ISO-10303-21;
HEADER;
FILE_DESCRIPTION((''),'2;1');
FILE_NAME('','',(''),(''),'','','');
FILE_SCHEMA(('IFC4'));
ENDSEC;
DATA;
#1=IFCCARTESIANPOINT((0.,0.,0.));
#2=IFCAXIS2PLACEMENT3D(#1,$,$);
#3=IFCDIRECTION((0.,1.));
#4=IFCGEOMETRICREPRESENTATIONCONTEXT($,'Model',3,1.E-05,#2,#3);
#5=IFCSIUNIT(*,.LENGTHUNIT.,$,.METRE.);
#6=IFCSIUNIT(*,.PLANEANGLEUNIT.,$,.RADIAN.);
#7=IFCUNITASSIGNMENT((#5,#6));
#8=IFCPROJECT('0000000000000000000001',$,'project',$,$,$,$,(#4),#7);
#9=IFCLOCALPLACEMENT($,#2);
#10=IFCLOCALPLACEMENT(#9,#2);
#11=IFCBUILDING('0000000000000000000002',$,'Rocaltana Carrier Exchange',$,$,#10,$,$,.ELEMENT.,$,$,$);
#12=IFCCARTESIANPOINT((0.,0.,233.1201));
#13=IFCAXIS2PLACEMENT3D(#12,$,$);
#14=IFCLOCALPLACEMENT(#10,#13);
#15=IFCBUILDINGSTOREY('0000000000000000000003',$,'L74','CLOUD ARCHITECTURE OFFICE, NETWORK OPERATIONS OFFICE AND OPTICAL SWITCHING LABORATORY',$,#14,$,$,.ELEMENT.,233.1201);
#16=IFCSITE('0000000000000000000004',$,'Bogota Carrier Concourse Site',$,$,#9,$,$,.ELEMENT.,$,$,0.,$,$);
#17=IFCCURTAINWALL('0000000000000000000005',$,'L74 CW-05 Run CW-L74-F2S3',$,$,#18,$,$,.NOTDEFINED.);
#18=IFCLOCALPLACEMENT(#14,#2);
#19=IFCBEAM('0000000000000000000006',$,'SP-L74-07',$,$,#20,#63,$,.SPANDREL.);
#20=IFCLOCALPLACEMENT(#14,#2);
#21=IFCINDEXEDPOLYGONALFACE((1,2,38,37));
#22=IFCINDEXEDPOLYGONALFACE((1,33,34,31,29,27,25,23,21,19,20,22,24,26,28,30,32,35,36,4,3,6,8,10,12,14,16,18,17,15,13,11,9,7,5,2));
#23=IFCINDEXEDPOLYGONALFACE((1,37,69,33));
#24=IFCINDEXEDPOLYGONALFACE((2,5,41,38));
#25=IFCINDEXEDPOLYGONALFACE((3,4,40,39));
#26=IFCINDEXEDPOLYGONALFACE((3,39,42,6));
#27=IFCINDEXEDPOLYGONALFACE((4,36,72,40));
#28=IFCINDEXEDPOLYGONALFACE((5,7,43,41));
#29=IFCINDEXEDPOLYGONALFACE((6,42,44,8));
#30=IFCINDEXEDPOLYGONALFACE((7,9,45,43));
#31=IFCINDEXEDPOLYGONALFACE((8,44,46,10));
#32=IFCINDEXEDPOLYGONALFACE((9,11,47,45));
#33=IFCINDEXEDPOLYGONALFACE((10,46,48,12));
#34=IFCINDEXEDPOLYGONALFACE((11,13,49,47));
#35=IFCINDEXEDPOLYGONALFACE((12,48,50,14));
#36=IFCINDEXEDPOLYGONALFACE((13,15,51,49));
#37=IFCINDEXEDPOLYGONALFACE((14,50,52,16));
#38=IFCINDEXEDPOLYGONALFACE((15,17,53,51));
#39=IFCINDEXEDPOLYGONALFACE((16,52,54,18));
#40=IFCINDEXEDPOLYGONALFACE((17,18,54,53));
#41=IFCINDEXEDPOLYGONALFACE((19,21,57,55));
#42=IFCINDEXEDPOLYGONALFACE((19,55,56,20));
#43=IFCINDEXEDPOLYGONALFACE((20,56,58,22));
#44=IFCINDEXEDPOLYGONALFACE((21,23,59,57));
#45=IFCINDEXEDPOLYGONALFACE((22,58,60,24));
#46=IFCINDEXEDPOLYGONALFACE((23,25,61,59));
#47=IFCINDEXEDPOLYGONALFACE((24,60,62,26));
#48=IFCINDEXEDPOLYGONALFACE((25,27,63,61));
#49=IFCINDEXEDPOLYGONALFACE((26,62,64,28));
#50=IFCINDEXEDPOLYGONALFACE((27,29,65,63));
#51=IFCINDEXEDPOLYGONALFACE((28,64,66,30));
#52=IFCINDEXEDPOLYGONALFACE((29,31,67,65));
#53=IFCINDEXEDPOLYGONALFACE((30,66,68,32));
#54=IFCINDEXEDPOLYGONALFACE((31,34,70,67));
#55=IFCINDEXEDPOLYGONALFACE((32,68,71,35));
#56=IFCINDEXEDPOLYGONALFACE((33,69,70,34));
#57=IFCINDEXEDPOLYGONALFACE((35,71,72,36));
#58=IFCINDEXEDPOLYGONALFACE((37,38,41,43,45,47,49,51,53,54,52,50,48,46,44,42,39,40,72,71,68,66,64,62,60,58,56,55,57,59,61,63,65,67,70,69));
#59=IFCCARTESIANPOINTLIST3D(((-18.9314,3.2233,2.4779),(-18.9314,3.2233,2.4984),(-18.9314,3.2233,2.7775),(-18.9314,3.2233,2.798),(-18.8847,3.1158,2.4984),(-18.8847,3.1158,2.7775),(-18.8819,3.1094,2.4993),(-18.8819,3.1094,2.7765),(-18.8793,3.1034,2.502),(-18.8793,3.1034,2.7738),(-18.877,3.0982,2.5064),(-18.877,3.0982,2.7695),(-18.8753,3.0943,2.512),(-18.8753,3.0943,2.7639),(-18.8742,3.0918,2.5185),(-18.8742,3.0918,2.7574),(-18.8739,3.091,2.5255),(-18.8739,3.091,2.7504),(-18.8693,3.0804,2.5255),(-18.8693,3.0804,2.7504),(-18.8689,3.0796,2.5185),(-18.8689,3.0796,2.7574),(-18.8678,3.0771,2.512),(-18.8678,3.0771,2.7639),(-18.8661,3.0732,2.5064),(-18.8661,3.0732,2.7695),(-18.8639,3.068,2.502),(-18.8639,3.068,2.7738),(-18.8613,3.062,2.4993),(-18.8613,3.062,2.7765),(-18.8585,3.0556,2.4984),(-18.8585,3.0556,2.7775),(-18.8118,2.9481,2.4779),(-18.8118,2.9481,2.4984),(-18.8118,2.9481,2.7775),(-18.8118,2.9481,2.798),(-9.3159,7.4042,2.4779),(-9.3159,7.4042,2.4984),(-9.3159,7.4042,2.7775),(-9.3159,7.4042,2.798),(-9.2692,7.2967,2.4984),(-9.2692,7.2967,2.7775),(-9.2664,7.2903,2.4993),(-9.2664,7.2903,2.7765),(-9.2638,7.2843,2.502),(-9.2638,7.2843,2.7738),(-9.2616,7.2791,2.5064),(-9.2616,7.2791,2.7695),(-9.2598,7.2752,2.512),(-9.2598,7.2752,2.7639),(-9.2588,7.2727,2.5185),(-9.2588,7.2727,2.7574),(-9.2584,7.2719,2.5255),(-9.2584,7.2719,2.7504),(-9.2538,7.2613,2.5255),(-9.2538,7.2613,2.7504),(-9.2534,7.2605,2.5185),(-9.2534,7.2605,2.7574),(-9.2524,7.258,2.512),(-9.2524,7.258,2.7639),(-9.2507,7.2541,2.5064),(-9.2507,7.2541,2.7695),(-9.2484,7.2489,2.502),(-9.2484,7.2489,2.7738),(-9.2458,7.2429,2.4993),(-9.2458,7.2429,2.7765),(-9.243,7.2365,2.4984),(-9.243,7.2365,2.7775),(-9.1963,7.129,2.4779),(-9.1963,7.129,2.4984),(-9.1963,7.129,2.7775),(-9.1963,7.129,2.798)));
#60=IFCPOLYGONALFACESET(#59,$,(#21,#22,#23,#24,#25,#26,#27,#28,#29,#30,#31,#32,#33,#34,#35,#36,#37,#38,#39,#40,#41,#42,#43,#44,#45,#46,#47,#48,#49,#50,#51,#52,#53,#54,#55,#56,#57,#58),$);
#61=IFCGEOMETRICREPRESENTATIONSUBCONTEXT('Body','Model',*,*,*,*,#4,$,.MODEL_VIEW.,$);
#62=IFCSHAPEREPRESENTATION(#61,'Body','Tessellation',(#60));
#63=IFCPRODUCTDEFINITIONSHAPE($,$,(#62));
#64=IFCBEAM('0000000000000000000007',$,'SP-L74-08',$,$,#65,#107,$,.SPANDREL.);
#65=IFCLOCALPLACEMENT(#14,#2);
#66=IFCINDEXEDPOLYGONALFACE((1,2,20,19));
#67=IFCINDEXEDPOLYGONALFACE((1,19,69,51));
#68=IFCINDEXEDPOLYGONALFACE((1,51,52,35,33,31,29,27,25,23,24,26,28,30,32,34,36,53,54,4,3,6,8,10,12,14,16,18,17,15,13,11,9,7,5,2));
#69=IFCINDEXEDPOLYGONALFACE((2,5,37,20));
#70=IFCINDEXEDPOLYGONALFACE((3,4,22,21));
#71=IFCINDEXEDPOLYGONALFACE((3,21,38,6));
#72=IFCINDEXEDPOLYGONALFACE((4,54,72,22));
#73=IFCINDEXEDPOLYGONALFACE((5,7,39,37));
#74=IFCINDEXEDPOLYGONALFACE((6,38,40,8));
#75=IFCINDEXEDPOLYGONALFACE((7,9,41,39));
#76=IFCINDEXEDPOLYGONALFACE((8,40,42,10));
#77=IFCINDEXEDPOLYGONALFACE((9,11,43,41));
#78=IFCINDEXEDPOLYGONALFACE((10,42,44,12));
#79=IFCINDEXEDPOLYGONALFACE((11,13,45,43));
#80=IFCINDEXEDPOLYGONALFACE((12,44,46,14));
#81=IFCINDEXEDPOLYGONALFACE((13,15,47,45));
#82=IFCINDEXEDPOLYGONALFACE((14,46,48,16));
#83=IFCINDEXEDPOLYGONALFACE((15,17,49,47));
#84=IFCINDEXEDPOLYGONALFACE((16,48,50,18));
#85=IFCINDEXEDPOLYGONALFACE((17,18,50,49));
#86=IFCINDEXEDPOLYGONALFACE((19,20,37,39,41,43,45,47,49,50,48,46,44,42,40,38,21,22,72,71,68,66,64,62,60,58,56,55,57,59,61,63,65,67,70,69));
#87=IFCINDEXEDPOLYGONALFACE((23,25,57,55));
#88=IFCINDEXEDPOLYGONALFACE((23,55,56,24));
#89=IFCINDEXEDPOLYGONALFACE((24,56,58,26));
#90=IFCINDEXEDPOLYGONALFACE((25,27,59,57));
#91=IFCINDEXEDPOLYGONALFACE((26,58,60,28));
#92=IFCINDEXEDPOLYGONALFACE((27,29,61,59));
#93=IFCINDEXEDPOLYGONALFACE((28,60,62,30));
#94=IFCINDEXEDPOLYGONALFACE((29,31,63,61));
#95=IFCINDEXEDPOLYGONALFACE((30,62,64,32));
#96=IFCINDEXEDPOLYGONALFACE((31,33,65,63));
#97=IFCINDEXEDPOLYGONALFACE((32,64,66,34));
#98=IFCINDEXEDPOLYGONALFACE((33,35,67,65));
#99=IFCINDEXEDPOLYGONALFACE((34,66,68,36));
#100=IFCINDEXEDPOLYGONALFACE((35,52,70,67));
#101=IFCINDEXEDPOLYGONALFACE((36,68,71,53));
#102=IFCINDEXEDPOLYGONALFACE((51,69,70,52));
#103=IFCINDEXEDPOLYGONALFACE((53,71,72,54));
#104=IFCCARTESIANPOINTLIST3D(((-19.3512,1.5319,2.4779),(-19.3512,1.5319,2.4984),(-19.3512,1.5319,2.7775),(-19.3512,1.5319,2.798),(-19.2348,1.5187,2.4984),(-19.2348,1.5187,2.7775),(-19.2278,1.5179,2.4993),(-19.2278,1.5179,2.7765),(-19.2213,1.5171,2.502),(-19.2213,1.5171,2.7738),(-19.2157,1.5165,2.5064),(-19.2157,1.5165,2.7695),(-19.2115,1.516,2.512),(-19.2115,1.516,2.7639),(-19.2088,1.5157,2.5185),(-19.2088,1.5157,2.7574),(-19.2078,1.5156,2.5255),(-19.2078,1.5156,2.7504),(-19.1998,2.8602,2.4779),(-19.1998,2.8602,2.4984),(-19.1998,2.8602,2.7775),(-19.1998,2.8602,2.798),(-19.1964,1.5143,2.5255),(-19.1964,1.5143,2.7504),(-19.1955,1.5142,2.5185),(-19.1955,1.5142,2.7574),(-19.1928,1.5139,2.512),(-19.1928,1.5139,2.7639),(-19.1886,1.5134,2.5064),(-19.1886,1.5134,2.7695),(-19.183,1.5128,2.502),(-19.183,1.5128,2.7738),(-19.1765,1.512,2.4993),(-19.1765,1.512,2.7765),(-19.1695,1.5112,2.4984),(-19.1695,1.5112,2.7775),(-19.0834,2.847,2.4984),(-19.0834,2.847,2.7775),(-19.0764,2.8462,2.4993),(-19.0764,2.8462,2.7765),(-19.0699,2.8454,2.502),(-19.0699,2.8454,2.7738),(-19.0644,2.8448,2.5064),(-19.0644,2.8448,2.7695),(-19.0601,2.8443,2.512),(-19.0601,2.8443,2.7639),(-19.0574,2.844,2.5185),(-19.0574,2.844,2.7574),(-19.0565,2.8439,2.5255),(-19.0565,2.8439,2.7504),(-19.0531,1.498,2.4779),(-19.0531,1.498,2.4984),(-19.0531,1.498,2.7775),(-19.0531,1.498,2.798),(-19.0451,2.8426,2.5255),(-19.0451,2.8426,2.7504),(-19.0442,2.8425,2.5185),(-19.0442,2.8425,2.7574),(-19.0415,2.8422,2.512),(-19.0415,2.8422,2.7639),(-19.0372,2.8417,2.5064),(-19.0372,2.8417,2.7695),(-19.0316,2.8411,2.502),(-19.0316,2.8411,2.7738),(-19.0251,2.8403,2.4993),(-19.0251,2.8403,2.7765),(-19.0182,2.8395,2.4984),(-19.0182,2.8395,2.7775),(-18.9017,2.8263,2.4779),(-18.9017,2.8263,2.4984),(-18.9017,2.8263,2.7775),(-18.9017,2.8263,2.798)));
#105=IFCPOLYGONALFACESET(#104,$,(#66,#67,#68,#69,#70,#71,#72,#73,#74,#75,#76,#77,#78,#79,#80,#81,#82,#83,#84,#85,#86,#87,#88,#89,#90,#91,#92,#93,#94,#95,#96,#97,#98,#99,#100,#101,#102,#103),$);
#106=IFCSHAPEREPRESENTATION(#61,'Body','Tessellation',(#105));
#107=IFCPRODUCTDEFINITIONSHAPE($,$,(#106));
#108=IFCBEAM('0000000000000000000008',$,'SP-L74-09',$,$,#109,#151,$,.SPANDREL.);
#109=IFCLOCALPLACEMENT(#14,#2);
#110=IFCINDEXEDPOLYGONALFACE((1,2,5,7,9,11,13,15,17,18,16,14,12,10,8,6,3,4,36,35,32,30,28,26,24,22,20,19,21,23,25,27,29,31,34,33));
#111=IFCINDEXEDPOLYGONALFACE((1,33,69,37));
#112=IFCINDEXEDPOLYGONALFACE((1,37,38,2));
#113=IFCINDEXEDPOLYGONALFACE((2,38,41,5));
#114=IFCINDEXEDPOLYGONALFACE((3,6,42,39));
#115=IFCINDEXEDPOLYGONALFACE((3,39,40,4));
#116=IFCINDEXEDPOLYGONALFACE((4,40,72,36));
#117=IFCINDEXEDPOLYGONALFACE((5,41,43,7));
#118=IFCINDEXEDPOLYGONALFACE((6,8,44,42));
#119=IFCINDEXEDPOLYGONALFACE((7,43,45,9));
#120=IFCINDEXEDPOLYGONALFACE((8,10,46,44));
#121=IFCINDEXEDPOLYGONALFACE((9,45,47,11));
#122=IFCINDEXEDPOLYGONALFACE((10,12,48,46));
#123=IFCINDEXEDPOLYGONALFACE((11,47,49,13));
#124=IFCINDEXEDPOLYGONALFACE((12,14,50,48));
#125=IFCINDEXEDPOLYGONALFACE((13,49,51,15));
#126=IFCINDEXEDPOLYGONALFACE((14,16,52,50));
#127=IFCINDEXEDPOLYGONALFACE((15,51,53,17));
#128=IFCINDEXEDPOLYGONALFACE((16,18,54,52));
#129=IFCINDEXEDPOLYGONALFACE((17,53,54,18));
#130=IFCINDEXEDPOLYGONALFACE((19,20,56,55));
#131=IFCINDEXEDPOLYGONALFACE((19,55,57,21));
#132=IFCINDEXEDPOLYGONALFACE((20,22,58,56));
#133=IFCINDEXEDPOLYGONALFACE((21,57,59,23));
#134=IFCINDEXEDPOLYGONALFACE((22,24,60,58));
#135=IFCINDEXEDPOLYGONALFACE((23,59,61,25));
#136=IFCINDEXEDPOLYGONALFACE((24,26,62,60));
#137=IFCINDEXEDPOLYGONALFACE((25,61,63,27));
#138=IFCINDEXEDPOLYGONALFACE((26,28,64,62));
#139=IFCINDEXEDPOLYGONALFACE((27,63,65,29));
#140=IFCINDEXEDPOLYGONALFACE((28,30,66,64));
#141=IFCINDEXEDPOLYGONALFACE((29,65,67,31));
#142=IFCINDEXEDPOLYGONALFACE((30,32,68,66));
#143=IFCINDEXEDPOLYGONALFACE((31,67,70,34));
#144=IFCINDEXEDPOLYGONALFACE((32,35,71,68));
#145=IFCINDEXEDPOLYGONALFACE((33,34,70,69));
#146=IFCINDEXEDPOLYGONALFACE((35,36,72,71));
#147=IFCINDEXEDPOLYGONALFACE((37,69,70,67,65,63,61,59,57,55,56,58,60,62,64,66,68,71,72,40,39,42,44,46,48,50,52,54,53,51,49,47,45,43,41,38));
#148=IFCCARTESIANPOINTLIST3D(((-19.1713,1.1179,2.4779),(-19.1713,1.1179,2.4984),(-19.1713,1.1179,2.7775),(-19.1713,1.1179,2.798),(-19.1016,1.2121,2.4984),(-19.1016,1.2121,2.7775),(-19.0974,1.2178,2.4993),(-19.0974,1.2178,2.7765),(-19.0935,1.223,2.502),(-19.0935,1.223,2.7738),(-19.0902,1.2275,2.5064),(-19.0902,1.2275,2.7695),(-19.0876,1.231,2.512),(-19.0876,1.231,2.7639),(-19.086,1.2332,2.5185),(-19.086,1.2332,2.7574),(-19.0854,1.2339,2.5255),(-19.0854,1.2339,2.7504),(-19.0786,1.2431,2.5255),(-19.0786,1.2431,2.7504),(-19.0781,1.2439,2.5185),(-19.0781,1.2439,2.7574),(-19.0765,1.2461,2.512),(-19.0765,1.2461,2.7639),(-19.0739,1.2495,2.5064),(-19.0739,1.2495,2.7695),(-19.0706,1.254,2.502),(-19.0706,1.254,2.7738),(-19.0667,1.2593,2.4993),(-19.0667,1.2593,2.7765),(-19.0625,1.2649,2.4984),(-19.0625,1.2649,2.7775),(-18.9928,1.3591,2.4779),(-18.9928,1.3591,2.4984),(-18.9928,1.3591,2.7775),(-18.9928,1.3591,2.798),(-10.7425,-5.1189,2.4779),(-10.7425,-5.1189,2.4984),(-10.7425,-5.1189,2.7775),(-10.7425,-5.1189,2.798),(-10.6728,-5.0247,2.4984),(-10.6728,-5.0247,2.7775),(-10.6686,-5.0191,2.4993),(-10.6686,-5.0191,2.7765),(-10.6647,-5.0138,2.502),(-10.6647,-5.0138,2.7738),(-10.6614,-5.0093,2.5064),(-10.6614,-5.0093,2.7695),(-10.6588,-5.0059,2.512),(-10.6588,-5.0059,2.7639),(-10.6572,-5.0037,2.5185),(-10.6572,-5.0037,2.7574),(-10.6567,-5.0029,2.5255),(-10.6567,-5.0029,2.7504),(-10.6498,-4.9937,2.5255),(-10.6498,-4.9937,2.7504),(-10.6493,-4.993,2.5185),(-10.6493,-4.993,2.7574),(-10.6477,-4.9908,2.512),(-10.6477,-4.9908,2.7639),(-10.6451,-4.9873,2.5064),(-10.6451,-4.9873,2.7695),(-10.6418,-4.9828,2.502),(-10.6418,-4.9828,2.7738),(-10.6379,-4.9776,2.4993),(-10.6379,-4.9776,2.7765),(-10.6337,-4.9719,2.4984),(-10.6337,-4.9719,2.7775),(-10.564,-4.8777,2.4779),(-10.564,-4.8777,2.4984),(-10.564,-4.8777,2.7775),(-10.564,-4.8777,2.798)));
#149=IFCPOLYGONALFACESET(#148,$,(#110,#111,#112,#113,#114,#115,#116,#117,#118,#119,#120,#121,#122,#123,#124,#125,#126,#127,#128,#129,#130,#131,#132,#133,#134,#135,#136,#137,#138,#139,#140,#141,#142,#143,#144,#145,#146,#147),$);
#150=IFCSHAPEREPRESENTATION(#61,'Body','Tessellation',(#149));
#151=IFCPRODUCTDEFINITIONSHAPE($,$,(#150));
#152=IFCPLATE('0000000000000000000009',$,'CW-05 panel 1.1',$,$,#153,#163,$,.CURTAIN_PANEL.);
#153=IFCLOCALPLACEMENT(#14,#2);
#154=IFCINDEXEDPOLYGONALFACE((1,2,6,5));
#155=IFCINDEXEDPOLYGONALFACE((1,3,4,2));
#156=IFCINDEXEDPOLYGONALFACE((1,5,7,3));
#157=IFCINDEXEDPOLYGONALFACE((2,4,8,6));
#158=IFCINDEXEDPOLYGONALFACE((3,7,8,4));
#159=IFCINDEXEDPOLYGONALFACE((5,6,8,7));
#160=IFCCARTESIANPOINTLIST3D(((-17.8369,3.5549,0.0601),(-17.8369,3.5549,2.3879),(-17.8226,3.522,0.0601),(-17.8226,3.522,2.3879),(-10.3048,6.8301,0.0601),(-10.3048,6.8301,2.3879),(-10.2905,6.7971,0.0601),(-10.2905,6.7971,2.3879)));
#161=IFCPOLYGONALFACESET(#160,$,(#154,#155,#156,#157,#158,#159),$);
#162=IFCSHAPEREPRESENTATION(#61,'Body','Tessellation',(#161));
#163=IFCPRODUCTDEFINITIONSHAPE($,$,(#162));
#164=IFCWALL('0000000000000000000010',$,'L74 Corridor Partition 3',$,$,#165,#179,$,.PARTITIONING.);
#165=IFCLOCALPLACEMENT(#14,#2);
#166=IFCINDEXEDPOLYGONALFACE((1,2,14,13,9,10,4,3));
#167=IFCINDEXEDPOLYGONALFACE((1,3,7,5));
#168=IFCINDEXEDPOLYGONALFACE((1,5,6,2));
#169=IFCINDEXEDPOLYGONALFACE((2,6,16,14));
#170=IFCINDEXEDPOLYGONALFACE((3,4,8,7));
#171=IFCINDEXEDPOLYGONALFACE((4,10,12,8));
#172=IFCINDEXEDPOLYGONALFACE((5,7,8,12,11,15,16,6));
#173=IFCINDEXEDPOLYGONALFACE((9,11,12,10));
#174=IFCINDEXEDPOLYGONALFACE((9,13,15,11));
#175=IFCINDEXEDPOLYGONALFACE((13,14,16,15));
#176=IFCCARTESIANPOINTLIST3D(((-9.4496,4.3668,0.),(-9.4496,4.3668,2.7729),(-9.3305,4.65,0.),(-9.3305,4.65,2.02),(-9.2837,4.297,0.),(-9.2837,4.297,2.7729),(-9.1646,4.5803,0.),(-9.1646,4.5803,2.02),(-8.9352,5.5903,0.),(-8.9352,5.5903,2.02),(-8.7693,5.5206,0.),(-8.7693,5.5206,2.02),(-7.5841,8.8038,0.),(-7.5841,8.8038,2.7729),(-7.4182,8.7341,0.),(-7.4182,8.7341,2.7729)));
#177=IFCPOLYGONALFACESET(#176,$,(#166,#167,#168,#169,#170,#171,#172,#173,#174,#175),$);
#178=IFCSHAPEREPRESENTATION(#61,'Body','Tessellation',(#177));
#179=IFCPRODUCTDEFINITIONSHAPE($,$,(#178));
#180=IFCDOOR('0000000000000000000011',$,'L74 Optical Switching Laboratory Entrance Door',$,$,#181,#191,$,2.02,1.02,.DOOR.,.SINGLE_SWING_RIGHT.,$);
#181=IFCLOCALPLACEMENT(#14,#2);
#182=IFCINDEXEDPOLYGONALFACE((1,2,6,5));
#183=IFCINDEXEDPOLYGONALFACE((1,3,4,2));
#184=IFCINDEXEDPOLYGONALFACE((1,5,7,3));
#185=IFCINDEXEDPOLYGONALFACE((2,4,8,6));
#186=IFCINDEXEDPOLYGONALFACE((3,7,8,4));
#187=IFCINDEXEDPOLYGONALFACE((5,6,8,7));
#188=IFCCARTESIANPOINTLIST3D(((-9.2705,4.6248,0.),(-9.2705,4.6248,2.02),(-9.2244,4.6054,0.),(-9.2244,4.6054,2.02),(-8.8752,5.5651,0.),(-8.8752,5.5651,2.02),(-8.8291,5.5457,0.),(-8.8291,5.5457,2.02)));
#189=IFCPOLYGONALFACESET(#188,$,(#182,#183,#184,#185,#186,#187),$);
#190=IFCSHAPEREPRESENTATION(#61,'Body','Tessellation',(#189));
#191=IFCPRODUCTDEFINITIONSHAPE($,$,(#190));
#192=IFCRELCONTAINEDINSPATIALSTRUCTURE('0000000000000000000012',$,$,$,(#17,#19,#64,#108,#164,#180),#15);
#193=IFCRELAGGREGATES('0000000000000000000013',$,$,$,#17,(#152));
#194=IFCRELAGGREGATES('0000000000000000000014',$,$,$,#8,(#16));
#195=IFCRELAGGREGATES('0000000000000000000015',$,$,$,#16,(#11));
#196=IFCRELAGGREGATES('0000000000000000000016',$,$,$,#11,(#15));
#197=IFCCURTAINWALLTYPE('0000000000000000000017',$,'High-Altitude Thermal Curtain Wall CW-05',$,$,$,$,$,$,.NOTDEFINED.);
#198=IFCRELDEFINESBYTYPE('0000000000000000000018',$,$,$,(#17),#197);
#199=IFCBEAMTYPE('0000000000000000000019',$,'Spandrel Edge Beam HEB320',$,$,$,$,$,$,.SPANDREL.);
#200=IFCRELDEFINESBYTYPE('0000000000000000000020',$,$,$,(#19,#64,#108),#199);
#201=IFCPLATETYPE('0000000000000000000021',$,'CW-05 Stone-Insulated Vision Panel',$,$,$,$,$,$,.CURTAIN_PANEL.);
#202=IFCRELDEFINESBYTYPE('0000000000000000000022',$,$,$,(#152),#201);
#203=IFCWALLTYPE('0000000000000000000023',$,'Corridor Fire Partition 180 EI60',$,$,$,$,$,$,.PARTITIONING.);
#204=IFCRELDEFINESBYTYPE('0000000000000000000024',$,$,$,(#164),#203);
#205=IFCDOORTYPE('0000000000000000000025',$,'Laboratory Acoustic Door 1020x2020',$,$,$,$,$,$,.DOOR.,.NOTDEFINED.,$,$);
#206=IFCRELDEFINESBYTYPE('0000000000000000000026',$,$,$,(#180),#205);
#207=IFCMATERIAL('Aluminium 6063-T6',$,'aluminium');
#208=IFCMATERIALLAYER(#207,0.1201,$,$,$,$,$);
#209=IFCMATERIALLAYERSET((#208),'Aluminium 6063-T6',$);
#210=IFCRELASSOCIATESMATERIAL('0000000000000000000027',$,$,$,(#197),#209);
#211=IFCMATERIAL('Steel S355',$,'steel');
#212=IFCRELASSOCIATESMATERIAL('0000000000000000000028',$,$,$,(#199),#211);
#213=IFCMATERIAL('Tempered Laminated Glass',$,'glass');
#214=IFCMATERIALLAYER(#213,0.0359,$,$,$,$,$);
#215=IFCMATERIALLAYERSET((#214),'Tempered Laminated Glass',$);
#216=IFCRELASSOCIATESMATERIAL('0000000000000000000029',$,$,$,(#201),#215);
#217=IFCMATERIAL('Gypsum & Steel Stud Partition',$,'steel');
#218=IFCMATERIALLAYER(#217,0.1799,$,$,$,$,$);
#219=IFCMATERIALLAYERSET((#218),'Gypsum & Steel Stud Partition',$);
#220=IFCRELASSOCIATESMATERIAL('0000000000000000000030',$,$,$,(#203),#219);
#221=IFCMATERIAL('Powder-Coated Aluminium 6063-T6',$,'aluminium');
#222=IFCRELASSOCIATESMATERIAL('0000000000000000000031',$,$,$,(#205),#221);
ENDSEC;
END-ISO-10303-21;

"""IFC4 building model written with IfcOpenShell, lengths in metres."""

from ifc_helpers import new_model, si_unit, direction, frame, frame_2d, origin, origin_2d, place, context, subcontext, project, spatial, rectangle, i_section, extrude, material, layer, layer_set, material_profile, profile_set, type_object, element, fill, aggregate, save


model = new_model("IFC4")

# Units and contexts
model_context = context("Model", 3, precision=1e-05, world=origin(), true_north=direction((0.0, 1.0)))
body_context = subcontext(model_context, "Body", "Model", "MODEL_VIEW")
ifc_project = project(units=[si_unit("LENGTHUNIT", "METRE"), si_unit("PLANEANGLEUNIT", "RADIAN")], contexts=[model_context])

# Site, building, storey
site_placement = place(None, origin())
site = spatial("IfcSite", under=ifc_project, at=site_placement, Name="Bogota Carrier Concourse Site", CompositionType="ELEMENT", RefElevation=0.0)
building_placement = place(site_placement, origin())
building = spatial("IfcBuilding", under=site, at=building_placement, Name="Rocaltana Carrier Exchange", CompositionType="ELEMENT")
storey_placement = place(building_placement, frame((0.0, 0.0, 233.1201)))
storey = spatial("IfcBuildingStorey", under=building, at=storey_placement, Name="L74", Description="CLOUD ARCHITECTURE OFFICE, NETWORK OPERATIONS OFFICE AND OPTICAL SWITCHING LABORATORY", CompositionType="ELEMENT", Elevation=233.1201)

# Shared definitions
ifc_material_1 = material(Name="Aluminium 6063-T6", Category="aluminium")
ifc_layer_1 = layer(ifc_material_1, 0.1201)
ifc_layer_set_1 = layer_set([ifc_layer_1], Name="Aluminium 6063-T6")
curtain_wall_type = type_object("IfcCurtainWallType", Name="High-Altitude Thermal Curtain Wall CW-05", PredefinedType="NOTDEFINED", material=ifc_layer_set_1)

# Curtain wall
curtain_wall_1_placement = place(storey_placement, origin())
curtain_wall_1 = element("IfcCurtainWall", 1, at=curtain_wall_1_placement, inside=storey, type_object=curtain_wall_type, Name="L74 CW-05 Run CW-L74-F2S3", PredefinedType="NOTDEFINED")

# Beams
ifc_material_2 = material(Name="Steel S355", Category="steel")
ifc_material_profile_1 = material_profile(ifc_material_2, i_section(OverallWidth=0.3, OverallDepth=0.3201, WebThickness=0.0115, FlangeThickness=0.0205, FilletRadius=0.0271, at=origin_2d()), Name="HEB320")
ifc_profile_set_1 = profile_set([ifc_material_profile_1], Name="Steel S355")
beam_type_1 = type_object("IfcBeamType", Name="Spandrel Edge Beam HEB320", PredefinedType="SPANDREL", material=ifc_profile_set_1)
beam_1_placement = place(storey_placement, frame((-9.2561, 7.2666, 2.6379), z_axis=(-0.917061, -0.398747, 0.0), x_axis=(0.398747, -0.917061, 0.0)))
element("IfcBeam", 2, at=beam_1_placement, inside=storey, type_object=beam_type_1, Name="SP-L74-07", PredefinedType="SPANDREL", context=body_context, shape_type="SweptSolid", body=[
    extrude(i_section(OverallWidth=0.3, OverallDepth=0.3201, WebThickness=0.0115, FlangeThickness=0.0205, FilletRadius=0.0271, at=origin_2d()), origin(), (0.0, 0.0, 1.0), 10.4851),
])
beam_2_placement = place(storey_placement, frame((-19.0508, 2.8433, 2.6379), z_axis=(-0.113217, -0.99357, 0.0), x_axis=(0.99357, -0.113217, 0.0)))
element("IfcBeam", 3, at=beam_2_placement, inside=storey, type_object=beam_type_1, Name="SP-L74-08", PredefinedType="SPANDREL", context=body_context, shape_type="SweptSolid", body=[
    extrude(i_section(OverallWidth=0.3, OverallDepth=0.3201, WebThickness=0.0115, FlangeThickness=0.0205, FilletRadius=0.0271, at=origin_2d()), origin(), (0.0, 0.0, 1.0), 1.3369),
])
beam_3_placement = place(storey_placement, frame((-19.082, 1.2385, 2.6379), z_axis=(0.803861, -0.594817, 0.0), x_axis=(0.594817, 0.803861, 0.0)))
element("IfcBeam", 4, at=beam_3_placement, inside=storey, type_object=beam_type_1, Name="SP-L74-09", PredefinedType="SPANDREL", context=body_context, shape_type="SweptSolid", body=[
    extrude(i_section(OverallWidth=0.3, OverallDepth=0.3201, WebThickness=0.0115, FlangeThickness=0.0205, FilletRadius=0.0271, at=origin_2d()), origin(), (0.0, 0.0, 1.0), 10.4854),
])

# Plate
ifc_material_3 = material(Name="Tempered Laminated Glass", Category="glass")
ifc_layer_2 = layer(ifc_material_3, 0.0359)
ifc_layer_set_2 = layer_set([ifc_layer_2], Name="Tempered Laminated Glass")
plate_type = type_object("IfcPlateType", Name="CW-05 Stone-Insulated Vision Panel", PredefinedType="CURTAIN_PANEL", material=ifc_layer_set_2)
plate_placement = place(storey_placement, frame((-14.0637, 5.176, 0.0601), z_axis=(0.0, 0.0, 1.0), x_axis=(-0.917057, -0.398757, 0.0)))
plate = element("IfcPlate", 5, at=plate_placement, type_object=plate_type, Name="CW-05 panel 1.1", PredefinedType="CURTAIN_PANEL", context=body_context, shape_type="SweptSolid", body=[
    extrude(rectangle(XDim=8.2134, YDim=0.0359, at=origin_2d()), origin(), (0.0, 0.0, 1.0), 2.3279),
])
aggregate(curtain_wall_1, [plate])

# Wall, opening, door
ifc_material_4 = material(Name="Gypsum & Steel Stud Partition", Category="steel")
ifc_layer_3 = layer(ifc_material_4, 0.1799)
ifc_layer_set_3 = layer_set([ifc_layer_3], Name="Gypsum & Steel Stud Partition")
wall_type_1 = type_object("IfcWallType", Name="Corridor Fire Partition 180 EI60", PredefinedType="PARTITIONING", material=ifc_layer_set_3)
wall_1_placement = place(storey_placement, frame((-9.3667, 4.3318, 0.0), z_axis=(0.0, 0.0, 1.0), x_axis=(0.387574, 0.921839, 0.0)))
wall_1 = element("IfcWall", 6, at=wall_1_placement, inside=storey, type_object=wall_type_1, Name="L74 Corridor Partition 3", PredefinedType="PARTITIONING", context=body_context, shape_type="SweptSolid", body=[
    extrude(rectangle(XDim=4.8132, YDim=0.1799, at=frame_2d((2.4067, 0.0))), origin(), (0.0, 0.0, 1.0), 2.7729),
])
opening_placement = place(wall_1_placement, frame((0.3074, 0.0, 0.0)))
opening = element("IfcOpeningElement", 7, at=opening_placement, cuts=wall_1, PredefinedType="OPENING", context=body_context, shape_type="SweptSolid", body=[
    extrude(rectangle(XDim=1.02, YDim=2.02, at=frame_2d((0.51, 1.01))), frame((0.0, 0.0999, 0.0), z_axis=(0.0, -1.0, 0.0), x_axis=(1.0, 0.0, 0.0)), (0.0, 0.0, 1.0), 0.2),
])
ifc_material_5 = material(Name="Powder-Coated Aluminium 6063-T6", Category="aluminium")
door_type = type_object("IfcDoorType", Name="Laboratory Acoustic Door 1020x2020", OperationType="NOTDEFINED", PredefinedType="DOOR", material=ifc_material_5)
door_placement = place(opening_placement, origin())
door = element("IfcDoor", 8, at=door_placement, inside=storey, type_object=door_type, Name="L74 Optical Switching Laboratory Entrance Door", OperationType="SINGLE_SWING_RIGHT", OverallHeight=2.02, OverallWidth=1.02, PredefinedType="DOOR", context=body_context, shape_type="SweptSolid", body=[
    extrude(rectangle(XDim=1.02, YDim=2.02, at=frame_2d((0.51, 1.01))), frame((0.0, 0.0249, 0.0), z_axis=(0.0, -1.0, 0.0), x_axis=(1.0, 0.0, 0.0)), (0.0, 0.0, 1.0), 0.05),
])
fill(opening, door)

save(model, "model.ifc")
